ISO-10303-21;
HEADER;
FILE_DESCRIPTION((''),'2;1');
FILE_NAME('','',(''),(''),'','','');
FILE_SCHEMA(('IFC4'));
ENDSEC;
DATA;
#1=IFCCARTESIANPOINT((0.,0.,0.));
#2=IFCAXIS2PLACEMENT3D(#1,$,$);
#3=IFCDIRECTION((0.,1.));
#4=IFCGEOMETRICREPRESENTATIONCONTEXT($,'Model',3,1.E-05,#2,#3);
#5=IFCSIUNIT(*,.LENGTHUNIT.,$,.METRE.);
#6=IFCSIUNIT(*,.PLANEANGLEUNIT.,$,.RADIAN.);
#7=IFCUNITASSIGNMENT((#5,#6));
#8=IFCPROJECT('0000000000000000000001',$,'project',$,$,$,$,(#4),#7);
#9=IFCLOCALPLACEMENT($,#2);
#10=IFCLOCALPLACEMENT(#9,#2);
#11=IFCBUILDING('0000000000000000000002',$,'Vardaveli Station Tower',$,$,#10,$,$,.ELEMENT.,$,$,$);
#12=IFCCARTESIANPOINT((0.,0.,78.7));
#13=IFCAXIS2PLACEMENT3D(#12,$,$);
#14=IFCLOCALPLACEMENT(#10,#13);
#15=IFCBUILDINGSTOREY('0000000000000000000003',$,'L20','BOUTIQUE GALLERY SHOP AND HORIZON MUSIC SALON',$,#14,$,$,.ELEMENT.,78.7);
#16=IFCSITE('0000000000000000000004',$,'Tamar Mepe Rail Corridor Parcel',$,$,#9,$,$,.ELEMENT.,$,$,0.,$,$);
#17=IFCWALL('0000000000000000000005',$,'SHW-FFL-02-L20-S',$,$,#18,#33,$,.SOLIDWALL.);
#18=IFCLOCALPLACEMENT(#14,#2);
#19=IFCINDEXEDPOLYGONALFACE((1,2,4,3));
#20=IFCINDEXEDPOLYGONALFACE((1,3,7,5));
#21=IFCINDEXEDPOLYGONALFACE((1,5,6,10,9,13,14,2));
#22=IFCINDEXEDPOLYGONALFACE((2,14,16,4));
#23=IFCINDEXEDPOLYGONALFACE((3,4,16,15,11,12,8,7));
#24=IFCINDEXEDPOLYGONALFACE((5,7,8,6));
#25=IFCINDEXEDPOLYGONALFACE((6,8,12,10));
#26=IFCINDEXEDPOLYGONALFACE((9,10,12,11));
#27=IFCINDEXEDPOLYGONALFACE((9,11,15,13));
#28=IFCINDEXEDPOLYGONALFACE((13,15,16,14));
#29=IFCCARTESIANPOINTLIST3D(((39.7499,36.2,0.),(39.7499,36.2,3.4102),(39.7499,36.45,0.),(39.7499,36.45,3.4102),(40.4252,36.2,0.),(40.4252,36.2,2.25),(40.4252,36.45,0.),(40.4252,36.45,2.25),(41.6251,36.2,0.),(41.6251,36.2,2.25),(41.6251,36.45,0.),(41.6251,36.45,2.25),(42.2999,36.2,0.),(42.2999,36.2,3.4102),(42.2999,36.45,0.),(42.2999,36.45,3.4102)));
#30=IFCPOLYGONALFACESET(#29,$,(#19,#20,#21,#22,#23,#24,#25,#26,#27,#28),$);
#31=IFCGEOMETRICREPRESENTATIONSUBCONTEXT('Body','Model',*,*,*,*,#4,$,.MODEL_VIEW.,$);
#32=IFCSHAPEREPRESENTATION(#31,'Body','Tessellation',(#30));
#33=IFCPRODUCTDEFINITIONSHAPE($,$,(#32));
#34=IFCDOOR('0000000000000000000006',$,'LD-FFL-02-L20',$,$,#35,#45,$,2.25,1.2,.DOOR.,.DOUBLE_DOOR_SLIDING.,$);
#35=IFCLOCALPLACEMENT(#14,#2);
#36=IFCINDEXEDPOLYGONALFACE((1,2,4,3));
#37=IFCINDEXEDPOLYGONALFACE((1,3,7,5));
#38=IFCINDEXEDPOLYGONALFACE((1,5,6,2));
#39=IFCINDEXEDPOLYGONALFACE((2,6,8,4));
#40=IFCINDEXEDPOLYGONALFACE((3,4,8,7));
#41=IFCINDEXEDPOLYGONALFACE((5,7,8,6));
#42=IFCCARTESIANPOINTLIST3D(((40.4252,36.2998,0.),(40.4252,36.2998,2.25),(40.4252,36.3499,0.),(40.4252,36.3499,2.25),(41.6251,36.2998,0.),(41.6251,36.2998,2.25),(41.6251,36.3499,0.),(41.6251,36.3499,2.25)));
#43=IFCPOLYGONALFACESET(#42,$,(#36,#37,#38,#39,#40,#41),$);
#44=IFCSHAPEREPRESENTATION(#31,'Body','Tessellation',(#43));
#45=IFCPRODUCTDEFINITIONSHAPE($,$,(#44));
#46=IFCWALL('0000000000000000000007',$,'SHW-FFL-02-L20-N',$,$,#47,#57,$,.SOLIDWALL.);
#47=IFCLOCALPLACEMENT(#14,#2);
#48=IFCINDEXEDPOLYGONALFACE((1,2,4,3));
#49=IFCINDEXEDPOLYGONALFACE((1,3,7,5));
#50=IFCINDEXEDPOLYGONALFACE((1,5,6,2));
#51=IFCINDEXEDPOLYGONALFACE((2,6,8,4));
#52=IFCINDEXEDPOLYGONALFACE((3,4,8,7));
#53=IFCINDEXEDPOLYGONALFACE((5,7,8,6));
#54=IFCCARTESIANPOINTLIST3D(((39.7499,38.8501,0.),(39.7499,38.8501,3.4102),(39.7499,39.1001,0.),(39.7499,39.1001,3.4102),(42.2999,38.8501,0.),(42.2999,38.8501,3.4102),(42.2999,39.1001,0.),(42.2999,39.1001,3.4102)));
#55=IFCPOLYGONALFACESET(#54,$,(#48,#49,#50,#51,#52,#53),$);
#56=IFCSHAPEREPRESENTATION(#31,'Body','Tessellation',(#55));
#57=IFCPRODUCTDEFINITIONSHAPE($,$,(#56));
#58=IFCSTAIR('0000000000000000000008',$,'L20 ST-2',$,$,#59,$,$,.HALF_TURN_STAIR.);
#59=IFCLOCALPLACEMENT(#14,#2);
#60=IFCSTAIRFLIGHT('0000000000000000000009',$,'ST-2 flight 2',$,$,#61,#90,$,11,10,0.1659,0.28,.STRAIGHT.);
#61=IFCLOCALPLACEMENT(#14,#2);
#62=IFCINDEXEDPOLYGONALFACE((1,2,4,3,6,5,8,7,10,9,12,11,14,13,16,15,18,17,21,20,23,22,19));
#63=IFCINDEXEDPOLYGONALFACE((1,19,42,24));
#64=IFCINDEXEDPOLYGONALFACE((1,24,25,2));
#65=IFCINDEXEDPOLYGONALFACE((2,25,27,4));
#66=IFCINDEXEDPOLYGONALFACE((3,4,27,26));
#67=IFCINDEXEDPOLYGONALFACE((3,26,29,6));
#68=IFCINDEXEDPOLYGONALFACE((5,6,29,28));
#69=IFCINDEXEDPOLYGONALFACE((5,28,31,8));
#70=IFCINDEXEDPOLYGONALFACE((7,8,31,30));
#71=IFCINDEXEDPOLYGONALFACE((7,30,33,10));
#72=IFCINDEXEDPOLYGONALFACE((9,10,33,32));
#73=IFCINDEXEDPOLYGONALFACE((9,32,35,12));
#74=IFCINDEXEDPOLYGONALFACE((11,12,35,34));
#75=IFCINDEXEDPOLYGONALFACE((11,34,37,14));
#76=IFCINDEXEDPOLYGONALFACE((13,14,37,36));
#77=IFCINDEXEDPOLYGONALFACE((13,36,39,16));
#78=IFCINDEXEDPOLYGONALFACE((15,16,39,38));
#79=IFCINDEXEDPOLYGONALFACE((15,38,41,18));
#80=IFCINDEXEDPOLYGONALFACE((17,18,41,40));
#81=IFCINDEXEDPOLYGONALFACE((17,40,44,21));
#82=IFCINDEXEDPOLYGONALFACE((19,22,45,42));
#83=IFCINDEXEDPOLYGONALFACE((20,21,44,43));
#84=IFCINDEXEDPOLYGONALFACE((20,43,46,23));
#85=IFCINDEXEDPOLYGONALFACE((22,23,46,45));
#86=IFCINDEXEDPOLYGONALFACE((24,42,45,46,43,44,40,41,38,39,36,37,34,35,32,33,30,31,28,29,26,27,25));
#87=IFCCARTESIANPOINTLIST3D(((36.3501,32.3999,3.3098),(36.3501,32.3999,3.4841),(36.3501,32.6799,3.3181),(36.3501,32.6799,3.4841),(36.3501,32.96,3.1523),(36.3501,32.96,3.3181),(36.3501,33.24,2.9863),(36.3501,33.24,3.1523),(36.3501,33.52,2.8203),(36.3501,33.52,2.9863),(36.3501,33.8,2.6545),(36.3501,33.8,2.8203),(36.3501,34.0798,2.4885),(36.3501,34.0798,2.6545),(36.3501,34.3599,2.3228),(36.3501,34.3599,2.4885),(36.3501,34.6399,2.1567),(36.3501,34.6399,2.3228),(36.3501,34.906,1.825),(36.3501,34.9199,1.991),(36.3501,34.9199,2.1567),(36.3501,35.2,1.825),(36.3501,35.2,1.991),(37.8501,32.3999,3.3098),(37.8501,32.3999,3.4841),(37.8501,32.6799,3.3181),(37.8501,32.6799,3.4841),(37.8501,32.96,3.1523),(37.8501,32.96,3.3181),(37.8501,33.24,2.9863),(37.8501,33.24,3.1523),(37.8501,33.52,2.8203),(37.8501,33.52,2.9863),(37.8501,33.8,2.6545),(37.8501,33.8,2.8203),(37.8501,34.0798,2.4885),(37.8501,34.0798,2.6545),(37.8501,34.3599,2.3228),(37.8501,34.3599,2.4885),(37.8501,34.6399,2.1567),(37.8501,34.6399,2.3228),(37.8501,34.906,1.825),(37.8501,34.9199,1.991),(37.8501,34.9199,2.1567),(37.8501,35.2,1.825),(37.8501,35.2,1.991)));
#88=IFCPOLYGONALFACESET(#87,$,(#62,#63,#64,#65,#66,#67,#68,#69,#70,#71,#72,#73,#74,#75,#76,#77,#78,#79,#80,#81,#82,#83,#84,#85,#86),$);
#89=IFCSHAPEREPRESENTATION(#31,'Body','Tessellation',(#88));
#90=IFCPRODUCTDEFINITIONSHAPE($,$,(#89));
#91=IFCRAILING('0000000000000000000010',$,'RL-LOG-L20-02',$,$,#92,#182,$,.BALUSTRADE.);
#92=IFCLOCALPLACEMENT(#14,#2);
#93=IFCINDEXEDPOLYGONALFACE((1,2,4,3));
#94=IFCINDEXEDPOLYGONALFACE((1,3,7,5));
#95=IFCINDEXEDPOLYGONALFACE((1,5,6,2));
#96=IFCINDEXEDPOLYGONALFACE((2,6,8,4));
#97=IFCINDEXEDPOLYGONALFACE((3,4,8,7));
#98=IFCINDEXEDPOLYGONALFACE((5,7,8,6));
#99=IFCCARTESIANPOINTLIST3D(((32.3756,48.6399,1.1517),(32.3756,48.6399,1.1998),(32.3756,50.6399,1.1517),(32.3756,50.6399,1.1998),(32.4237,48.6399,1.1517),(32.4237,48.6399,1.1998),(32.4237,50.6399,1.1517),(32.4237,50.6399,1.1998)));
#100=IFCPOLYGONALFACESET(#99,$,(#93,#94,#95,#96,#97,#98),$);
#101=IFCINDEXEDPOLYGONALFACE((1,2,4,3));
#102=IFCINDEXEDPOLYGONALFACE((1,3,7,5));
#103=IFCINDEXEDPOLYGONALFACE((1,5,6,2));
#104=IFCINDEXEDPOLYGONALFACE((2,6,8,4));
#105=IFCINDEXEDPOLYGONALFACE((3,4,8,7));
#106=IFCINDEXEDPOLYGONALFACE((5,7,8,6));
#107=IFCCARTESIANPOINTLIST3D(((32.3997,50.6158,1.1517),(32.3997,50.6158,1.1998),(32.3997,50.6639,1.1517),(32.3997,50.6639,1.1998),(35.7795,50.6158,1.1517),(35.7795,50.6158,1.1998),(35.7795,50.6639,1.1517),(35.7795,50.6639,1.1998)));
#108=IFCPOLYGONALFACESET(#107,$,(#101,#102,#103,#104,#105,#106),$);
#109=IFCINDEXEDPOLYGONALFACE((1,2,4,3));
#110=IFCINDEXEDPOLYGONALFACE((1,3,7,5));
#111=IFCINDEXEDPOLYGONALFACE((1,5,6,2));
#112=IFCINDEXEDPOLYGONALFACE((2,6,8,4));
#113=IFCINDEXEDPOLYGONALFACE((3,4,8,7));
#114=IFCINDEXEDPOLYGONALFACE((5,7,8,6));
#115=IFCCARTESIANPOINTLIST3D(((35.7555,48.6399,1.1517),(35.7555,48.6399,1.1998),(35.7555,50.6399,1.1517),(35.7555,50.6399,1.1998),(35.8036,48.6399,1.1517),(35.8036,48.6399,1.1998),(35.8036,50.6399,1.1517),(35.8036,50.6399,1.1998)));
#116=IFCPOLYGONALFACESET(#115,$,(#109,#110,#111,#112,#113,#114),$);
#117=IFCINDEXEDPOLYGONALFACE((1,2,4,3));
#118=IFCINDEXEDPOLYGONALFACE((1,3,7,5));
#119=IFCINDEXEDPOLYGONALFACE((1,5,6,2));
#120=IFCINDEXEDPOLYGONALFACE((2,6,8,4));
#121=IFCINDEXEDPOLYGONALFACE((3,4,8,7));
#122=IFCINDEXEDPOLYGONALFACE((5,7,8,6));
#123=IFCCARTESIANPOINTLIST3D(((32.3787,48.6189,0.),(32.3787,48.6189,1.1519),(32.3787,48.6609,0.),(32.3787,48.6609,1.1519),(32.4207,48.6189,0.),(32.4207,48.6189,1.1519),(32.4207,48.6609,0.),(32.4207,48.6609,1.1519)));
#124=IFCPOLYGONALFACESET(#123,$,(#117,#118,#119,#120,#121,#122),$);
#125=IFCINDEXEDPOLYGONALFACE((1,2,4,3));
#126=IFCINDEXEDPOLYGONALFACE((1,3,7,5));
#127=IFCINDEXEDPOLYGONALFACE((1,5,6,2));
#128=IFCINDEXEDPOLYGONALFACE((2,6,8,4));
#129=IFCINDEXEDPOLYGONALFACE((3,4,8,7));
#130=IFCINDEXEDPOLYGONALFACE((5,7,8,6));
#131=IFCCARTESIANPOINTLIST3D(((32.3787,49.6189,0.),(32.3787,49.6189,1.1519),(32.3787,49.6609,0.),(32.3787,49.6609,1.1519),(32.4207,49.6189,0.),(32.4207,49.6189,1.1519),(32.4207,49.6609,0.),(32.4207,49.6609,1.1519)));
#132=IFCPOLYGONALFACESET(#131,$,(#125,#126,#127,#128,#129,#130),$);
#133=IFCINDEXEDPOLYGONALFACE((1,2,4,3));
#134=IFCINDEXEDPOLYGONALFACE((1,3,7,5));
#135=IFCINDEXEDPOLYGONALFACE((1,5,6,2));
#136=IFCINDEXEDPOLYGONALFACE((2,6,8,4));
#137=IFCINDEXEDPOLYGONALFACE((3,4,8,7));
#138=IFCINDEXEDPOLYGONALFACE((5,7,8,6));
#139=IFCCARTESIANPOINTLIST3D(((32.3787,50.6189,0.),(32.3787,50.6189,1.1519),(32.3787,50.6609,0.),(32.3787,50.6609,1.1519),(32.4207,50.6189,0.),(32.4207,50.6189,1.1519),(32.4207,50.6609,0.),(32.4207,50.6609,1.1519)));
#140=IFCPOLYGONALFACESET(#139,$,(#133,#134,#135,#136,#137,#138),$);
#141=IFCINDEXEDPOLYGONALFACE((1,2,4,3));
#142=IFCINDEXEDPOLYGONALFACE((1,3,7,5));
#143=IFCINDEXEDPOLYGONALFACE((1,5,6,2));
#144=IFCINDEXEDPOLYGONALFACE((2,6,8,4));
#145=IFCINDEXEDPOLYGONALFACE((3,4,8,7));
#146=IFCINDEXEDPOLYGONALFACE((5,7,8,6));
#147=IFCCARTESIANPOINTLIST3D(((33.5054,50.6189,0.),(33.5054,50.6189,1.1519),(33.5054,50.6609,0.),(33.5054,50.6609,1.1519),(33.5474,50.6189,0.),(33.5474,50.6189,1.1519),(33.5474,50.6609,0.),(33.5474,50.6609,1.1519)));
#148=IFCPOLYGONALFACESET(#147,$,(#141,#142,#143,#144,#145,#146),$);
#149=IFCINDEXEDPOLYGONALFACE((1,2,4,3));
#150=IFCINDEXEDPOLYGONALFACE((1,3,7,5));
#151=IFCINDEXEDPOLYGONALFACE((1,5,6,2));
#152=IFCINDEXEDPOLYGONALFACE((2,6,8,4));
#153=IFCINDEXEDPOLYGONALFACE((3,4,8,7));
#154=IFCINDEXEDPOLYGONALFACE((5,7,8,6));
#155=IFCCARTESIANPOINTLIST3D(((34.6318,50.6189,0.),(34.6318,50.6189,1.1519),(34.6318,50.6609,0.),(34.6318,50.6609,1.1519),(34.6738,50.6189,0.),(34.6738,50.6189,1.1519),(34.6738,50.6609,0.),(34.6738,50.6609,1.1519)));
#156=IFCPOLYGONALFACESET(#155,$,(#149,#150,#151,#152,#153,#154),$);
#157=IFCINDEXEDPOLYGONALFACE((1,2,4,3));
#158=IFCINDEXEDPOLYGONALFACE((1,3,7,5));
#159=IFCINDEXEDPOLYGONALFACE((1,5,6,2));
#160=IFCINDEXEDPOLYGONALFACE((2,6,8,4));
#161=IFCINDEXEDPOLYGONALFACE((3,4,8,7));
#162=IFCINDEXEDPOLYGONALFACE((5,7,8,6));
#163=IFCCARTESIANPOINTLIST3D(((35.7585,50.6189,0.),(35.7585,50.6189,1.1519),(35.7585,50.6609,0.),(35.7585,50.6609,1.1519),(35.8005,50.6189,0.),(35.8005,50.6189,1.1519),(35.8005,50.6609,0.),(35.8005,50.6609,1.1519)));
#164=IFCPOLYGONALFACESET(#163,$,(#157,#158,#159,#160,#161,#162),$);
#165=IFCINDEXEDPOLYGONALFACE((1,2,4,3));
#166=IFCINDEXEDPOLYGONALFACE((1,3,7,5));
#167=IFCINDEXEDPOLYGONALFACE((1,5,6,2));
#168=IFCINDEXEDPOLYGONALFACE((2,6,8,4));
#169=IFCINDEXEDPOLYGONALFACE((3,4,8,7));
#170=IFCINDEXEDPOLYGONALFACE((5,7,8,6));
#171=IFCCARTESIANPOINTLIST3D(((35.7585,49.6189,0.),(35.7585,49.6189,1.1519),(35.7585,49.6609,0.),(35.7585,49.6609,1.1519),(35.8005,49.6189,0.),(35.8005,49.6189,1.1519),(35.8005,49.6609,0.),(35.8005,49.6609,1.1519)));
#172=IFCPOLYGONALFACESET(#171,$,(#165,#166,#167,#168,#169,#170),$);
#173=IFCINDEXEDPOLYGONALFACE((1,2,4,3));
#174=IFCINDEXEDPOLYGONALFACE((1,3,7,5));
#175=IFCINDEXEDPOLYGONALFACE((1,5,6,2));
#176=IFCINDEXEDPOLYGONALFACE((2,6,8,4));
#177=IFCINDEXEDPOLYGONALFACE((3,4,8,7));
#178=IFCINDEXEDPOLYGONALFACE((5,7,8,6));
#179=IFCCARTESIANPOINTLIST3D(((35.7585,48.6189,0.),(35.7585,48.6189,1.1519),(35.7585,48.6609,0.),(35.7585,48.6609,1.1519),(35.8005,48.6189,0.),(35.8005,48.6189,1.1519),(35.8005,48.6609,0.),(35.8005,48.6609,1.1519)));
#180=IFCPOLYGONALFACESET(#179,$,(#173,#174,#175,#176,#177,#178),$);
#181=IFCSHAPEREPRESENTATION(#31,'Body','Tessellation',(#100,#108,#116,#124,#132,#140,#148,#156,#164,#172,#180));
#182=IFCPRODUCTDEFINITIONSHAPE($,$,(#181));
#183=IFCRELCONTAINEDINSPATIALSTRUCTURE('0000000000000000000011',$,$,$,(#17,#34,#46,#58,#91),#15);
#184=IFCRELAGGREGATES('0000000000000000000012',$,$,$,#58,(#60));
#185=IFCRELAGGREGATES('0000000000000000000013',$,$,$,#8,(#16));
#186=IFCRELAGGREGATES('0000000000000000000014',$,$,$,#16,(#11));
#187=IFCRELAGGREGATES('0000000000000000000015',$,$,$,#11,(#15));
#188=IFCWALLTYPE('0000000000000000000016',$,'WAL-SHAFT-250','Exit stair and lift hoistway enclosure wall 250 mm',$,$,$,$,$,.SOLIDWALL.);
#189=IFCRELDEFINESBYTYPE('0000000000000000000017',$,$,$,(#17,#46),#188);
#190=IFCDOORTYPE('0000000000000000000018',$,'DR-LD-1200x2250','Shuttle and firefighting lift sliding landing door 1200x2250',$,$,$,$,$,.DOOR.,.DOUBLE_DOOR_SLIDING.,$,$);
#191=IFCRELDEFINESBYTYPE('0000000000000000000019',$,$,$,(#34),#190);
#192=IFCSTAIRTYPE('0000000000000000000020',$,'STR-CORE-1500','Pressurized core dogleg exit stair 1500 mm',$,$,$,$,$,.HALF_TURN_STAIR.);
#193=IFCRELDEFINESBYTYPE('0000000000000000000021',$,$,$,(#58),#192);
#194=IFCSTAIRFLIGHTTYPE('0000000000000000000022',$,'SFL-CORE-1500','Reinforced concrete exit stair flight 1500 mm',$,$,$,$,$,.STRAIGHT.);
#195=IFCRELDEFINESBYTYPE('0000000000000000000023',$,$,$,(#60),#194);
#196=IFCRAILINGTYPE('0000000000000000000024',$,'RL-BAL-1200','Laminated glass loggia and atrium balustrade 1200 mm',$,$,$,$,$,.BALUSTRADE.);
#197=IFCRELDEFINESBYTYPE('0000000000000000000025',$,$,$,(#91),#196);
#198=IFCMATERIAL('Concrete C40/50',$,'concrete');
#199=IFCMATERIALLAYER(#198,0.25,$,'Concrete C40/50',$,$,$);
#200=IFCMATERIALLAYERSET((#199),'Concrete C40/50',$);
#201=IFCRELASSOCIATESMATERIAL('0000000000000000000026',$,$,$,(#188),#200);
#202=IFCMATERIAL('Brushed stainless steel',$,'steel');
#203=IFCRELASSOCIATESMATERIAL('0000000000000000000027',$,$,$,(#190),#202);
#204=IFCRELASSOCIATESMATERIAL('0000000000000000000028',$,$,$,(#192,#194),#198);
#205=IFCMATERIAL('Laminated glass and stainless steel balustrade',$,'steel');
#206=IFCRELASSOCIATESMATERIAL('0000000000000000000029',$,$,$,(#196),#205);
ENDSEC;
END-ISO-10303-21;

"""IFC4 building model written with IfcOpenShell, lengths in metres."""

from ifc_helpers import new_model, si_unit, direction, frame, frame_2d, origin, origin_2d, place, context, subcontext, project, spatial, polyline, rectangle, outline, extrude, source, transform, mapped, material, layer, layer_set, type_object, element, fill, aggregate, save


model = new_model("IFC4")

# Units and contexts
model_context = context("Model", 3, precision=1e-05, world=origin(), true_north=direction((0.0, 1.0)))
body_context = subcontext(model_context, "Body", "Model", "MODEL_VIEW")
ifc_project = project(units=[si_unit("LENGTHUNIT", "METRE"), si_unit("PLANEANGLEUNIT", "RADIAN")], contexts=[model_context])

# Site, building, storey
site_placement = place(None, origin())
site = spatial("IfcSite", under=ifc_project, at=site_placement, Name="Tamar Mepe Rail Corridor Parcel", CompositionType="ELEMENT", RefElevation=0.0)
building_placement = place(site_placement, origin())
building = spatial("IfcBuilding", under=site, at=building_placement, Name="Vardaveli Station Tower", CompositionType="ELEMENT")
storey_placement = place(building_placement, frame((0.0, 0.0, 78.7)))
storey = spatial("IfcBuildingStorey", under=building, at=storey_placement, Name="L20", Description="BOUTIQUE GALLERY SHOP AND HORIZON MUSIC SALON", CompositionType="ELEMENT", Elevation=78.7)

# Shared definitions
ifc_material_1 = material(Name="Concrete C40/50", Category="concrete")
ifc_layer_1 = layer(ifc_material_1, 0.25, Name="Concrete C40/50")
ifc_layer_set_1 = layer_set([ifc_layer_1], Name="Concrete C40/50")
wall_type_1 = type_object("IfcWallType", Name="WAL-SHAFT-250", Description="Exit stair and lift hoistway enclosure wall 250 mm", PredefinedType="SOLIDWALL", material=ifc_layer_set_1)

# Shared definitions
shared_shape_1 = source(origin(), body_context, "Body", "SweptSolid", [
    extrude(rectangle(XDim=1.2, YDim=2.25, at=frame_2d((0.6001, 1.125))), frame((0.0, 0.135, 0.0), z_axis=(0.0, -1.0, 0.0), x_axis=(1.0, 0.0, 0.0)), (0.0, 0.0, 1.0), 0.27),
])
ifc_material_2 = material(Name="Brushed stainless steel", Category="steel")
door_type = type_object("IfcDoorType", Name="DR-LD-1200x2250", Description="Shuttle and firefighting lift sliding landing door 1200x2250", OperationType="DOUBLE_DOOR_SLIDING", PredefinedType="DOOR", material=ifc_material_2)
shared_shape_2 = source(origin(), body_context, "Body", "SweptSolid", [
    extrude(rectangle(XDim=1.2, YDim=2.25, at=frame_2d((0.6001, 1.125))), frame((0.0, 0.0249, 0.0), z_axis=(0.0, -1.0, 0.0), x_axis=(1.0, 0.0, 0.0)), (0.0, 0.0, 1.0), 0.05),
])

# Wall, opening, door
shared_shape_3 = source(origin(), body_context, "Body", "SweptSolid", [
    extrude(rectangle(XDim=2.55, YDim=0.25, at=frame_2d((1.2749, 0.0))), origin(), (0.0, 0.0, 1.0), 3.4102),
])
wall_1_placement = place(storey_placement, frame((39.75, 36.325, 0.0), z_axis=(0.0, 0.0, 1.0), x_axis=(1.0, 0.0, 0.0)))
wall_1 = element("IfcWall", 1, at=wall_1_placement, inside=storey, type_object=wall_type_1, Name="SHW-FFL-02-L20-S", PredefinedType="SOLIDWALL", context=body_context, shape_type="MappedRepresentation", body=[
    mapped(shared_shape_3, transform((0.0, 0.0, 0.0), scale=1.0)),
])
opening_1_placement = place(wall_1_placement, frame((0.675, 0.0, 0.0)))
opening_1 = element("IfcOpeningElement", 2, at=opening_1_placement, cuts=wall_1, PredefinedType="OPENING", context=body_context, shape_type="MappedRepresentation", body=[
    mapped(shared_shape_1, transform((0.0, 0.0, 0.0), scale=1.0)),
])
door_1_placement = place(opening_1_placement, origin())
door_1 = element("IfcDoor", 3, at=door_1_placement, inside=storey, type_object=door_type, Name="LD-FFL-02-L20", OperationType="DOUBLE_DOOR_SLIDING", OverallHeight=2.25, OverallWidth=1.2, PredefinedType="DOOR", context=body_context, shape_type="MappedRepresentation", body=[
    mapped(shared_shape_2, transform((0.0, 0.0, 0.0), scale=1.0)),
])
fill(opening_1, door_1)

# Wall
wall_2_placement = place(storey_placement, frame((39.75, 38.9751, 0.0), z_axis=(0.0, 0.0, 1.0), x_axis=(1.0, 0.0, 0.0)))
element("IfcWall", 4, at=wall_2_placement, inside=storey, type_object=wall_type_1, Name="SHW-FFL-02-L20-N", PredefinedType="SOLIDWALL", context=body_context, shape_type="MappedRepresentation", body=[
    mapped(shared_shape_3, transform((0.0, 0.0, 0.0), scale=1.0)),
])

# Stair, stair flight
stair_type = type_object("IfcStairType", Name="STR-CORE-1500", Description="Pressurized core dogleg exit stair 1500 mm", PredefinedType="HALF_TURN_STAIR", material=ifc_material_1)
stair_placement = place(storey_placement, origin())
stair = element("IfcStair", 5, at=stair_placement, inside=storey, type_object=stair_type, Name="L20 ST-2", PredefinedType="HALF_TURN_STAIR")
stair_flight_type = type_object("IfcStairFlightType", Name="SFL-CORE-1500", Description="Reinforced concrete exit stair flight 1500 mm", PredefinedType="STRAIGHT", material=ifc_material_1)
shared_shape_4 = source(origin(), body_context, "Body", "SweptSolid", [
    extrude(outline(polyline([(0.0, 0.0), (0.0, 0.166), (0.28, 0.166), (0.28, 0.3318), (0.5601, 0.3318), (0.5601, 0.4978), (0.8401, 0.4978), (0.8401, 0.6636), (1.1201, 0.6636), (1.1201, 0.8296), (1.3999, 0.8296), (1.3999, 0.9954), (1.6799, 0.9954), (1.6799, 1.1614), (1.96, 1.1614), (1.96, 1.3274), (2.24, 1.3274), (2.24, 1.4932), (2.52, 1.4932), (2.52, 1.6592), (2.8, 1.6592), (2.8, 1.825), (2.8, 1.4849), (0.2939, 0.0), (0.0, 0.0)])), frame((0.0, 0.75, 0.0), z_axis=(0.0, -1.0, 0.0), x_axis=(1.0, 0.0, 0.0)), (0.0, 0.0, 1.0), 1.5),
])
stair_flight_placement = place(storey_placement, frame((37.1001, 35.2, 1.825), z_axis=(0.0, 0.0, 1.0), x_axis=(0.0, -1.0, 0.0)))
stair_flight = element("IfcStairFlight", 6, at=stair_flight_placement, type_object=stair_flight_type, Name="ST-2 flight 2", NumberOfRisers=11, NumberOfTreads=10, PredefinedType="STRAIGHT", RiserHeight=0.1659, TreadLength=0.28, context=body_context, shape_type="MappedRepresentation", body=[
    mapped(shared_shape_4, transform((0.0, 0.0, 0.0), scale=1.0)),
])
aggregate(stair, [stair_flight])

# Railing
ifc_material_3 = material(Name="Laminated glass and stainless steel balustrade", Category="steel")
railing_type_1 = type_object("IfcRailingType", Name="RL-BAL-1200", Description="Laminated glass loggia and atrium balustrade 1200 mm", PredefinedType="BALUSTRADE", material=ifc_material_3)
shared_shape_5 = source(origin(), body_context, "Body", "SweptSolid", [
    extrude(rectangle(XDim=0.0481, YDim=0.0481, at=origin_2d()), frame((0.0, 0.0, 1.1758), z_axis=(0.0, 1.0, 0.0), x_axis=(-1.0, 0.0, 0.0)), (0.0, 0.0, 1.0), 2.0),
    extrude(rectangle(XDim=0.0481, YDim=0.0481, at=origin_2d()), frame((0.0, 2.0, 1.1758), z_axis=(1.0, 0.0, 0.0), x_axis=(0.0, 1.0, 0.0)), (0.0, 0.0, 1.0), 3.3799),
    extrude(rectangle(XDim=0.0481, YDim=0.0481, at=origin_2d()), frame((3.3799, 2.0, 1.1758), z_axis=(0.0, -1.0, 0.0), x_axis=(1.0, 0.0, 0.0)), (0.0, 0.0, 1.0), 2.0),
    extrude(rectangle(XDim=0.042, YDim=0.042, at=origin_2d()), origin(), (0.0, 0.0, 1.0), 1.1519),
    extrude(rectangle(XDim=0.042, YDim=0.042, at=origin_2d()), frame((0.0, 1.0, 0.0)), (0.0, 0.0, 1.0), 1.1519),
    extrude(rectangle(XDim=0.042, YDim=0.042, at=origin_2d()), frame((0.0, 2.0, 0.0)), (0.0, 0.0, 1.0), 1.1519),
    extrude(rectangle(XDim=0.042, YDim=0.042, at=origin_2d()), frame((1.1267, 2.0, 0.0)), (0.0, 0.0, 1.0), 1.1519),
    extrude(rectangle(XDim=0.042, YDim=0.042, at=origin_2d()), frame((2.2532, 2.0, 0.0)), (0.0, 0.0, 1.0), 1.1519),
    extrude(rectangle(XDim=0.042, YDim=0.042, at=origin_2d()), frame((3.3799, 2.0, 0.0)), (0.0, 0.0, 1.0), 1.1519),
    extrude(rectangle(XDim=0.042, YDim=0.042, at=origin_2d()), frame((3.3799, 1.0, 0.0)), (0.0, 0.0, 1.0), 1.1519),
    extrude(rectangle(XDim=0.042, YDim=0.042, at=origin_2d()), frame((3.3799, 0.0, 0.0)), (0.0, 0.0, 1.0), 1.1519),
])
railing_1_placement = place(storey_placement, frame((32.3997, 48.6399, 0.0)))
element("IfcRailing", 7, at=railing_1_placement, inside=storey, type_object=railing_type_1, Name="RL-LOG-L20-02", PredefinedType="BALUSTRADE", context=body_context, shape_type="MappedRepresentation", body=[
    mapped(shared_shape_5, transform((0.0, 0.0, 0.0), scale=1.0)),
])

save(model, "model.ifc")
